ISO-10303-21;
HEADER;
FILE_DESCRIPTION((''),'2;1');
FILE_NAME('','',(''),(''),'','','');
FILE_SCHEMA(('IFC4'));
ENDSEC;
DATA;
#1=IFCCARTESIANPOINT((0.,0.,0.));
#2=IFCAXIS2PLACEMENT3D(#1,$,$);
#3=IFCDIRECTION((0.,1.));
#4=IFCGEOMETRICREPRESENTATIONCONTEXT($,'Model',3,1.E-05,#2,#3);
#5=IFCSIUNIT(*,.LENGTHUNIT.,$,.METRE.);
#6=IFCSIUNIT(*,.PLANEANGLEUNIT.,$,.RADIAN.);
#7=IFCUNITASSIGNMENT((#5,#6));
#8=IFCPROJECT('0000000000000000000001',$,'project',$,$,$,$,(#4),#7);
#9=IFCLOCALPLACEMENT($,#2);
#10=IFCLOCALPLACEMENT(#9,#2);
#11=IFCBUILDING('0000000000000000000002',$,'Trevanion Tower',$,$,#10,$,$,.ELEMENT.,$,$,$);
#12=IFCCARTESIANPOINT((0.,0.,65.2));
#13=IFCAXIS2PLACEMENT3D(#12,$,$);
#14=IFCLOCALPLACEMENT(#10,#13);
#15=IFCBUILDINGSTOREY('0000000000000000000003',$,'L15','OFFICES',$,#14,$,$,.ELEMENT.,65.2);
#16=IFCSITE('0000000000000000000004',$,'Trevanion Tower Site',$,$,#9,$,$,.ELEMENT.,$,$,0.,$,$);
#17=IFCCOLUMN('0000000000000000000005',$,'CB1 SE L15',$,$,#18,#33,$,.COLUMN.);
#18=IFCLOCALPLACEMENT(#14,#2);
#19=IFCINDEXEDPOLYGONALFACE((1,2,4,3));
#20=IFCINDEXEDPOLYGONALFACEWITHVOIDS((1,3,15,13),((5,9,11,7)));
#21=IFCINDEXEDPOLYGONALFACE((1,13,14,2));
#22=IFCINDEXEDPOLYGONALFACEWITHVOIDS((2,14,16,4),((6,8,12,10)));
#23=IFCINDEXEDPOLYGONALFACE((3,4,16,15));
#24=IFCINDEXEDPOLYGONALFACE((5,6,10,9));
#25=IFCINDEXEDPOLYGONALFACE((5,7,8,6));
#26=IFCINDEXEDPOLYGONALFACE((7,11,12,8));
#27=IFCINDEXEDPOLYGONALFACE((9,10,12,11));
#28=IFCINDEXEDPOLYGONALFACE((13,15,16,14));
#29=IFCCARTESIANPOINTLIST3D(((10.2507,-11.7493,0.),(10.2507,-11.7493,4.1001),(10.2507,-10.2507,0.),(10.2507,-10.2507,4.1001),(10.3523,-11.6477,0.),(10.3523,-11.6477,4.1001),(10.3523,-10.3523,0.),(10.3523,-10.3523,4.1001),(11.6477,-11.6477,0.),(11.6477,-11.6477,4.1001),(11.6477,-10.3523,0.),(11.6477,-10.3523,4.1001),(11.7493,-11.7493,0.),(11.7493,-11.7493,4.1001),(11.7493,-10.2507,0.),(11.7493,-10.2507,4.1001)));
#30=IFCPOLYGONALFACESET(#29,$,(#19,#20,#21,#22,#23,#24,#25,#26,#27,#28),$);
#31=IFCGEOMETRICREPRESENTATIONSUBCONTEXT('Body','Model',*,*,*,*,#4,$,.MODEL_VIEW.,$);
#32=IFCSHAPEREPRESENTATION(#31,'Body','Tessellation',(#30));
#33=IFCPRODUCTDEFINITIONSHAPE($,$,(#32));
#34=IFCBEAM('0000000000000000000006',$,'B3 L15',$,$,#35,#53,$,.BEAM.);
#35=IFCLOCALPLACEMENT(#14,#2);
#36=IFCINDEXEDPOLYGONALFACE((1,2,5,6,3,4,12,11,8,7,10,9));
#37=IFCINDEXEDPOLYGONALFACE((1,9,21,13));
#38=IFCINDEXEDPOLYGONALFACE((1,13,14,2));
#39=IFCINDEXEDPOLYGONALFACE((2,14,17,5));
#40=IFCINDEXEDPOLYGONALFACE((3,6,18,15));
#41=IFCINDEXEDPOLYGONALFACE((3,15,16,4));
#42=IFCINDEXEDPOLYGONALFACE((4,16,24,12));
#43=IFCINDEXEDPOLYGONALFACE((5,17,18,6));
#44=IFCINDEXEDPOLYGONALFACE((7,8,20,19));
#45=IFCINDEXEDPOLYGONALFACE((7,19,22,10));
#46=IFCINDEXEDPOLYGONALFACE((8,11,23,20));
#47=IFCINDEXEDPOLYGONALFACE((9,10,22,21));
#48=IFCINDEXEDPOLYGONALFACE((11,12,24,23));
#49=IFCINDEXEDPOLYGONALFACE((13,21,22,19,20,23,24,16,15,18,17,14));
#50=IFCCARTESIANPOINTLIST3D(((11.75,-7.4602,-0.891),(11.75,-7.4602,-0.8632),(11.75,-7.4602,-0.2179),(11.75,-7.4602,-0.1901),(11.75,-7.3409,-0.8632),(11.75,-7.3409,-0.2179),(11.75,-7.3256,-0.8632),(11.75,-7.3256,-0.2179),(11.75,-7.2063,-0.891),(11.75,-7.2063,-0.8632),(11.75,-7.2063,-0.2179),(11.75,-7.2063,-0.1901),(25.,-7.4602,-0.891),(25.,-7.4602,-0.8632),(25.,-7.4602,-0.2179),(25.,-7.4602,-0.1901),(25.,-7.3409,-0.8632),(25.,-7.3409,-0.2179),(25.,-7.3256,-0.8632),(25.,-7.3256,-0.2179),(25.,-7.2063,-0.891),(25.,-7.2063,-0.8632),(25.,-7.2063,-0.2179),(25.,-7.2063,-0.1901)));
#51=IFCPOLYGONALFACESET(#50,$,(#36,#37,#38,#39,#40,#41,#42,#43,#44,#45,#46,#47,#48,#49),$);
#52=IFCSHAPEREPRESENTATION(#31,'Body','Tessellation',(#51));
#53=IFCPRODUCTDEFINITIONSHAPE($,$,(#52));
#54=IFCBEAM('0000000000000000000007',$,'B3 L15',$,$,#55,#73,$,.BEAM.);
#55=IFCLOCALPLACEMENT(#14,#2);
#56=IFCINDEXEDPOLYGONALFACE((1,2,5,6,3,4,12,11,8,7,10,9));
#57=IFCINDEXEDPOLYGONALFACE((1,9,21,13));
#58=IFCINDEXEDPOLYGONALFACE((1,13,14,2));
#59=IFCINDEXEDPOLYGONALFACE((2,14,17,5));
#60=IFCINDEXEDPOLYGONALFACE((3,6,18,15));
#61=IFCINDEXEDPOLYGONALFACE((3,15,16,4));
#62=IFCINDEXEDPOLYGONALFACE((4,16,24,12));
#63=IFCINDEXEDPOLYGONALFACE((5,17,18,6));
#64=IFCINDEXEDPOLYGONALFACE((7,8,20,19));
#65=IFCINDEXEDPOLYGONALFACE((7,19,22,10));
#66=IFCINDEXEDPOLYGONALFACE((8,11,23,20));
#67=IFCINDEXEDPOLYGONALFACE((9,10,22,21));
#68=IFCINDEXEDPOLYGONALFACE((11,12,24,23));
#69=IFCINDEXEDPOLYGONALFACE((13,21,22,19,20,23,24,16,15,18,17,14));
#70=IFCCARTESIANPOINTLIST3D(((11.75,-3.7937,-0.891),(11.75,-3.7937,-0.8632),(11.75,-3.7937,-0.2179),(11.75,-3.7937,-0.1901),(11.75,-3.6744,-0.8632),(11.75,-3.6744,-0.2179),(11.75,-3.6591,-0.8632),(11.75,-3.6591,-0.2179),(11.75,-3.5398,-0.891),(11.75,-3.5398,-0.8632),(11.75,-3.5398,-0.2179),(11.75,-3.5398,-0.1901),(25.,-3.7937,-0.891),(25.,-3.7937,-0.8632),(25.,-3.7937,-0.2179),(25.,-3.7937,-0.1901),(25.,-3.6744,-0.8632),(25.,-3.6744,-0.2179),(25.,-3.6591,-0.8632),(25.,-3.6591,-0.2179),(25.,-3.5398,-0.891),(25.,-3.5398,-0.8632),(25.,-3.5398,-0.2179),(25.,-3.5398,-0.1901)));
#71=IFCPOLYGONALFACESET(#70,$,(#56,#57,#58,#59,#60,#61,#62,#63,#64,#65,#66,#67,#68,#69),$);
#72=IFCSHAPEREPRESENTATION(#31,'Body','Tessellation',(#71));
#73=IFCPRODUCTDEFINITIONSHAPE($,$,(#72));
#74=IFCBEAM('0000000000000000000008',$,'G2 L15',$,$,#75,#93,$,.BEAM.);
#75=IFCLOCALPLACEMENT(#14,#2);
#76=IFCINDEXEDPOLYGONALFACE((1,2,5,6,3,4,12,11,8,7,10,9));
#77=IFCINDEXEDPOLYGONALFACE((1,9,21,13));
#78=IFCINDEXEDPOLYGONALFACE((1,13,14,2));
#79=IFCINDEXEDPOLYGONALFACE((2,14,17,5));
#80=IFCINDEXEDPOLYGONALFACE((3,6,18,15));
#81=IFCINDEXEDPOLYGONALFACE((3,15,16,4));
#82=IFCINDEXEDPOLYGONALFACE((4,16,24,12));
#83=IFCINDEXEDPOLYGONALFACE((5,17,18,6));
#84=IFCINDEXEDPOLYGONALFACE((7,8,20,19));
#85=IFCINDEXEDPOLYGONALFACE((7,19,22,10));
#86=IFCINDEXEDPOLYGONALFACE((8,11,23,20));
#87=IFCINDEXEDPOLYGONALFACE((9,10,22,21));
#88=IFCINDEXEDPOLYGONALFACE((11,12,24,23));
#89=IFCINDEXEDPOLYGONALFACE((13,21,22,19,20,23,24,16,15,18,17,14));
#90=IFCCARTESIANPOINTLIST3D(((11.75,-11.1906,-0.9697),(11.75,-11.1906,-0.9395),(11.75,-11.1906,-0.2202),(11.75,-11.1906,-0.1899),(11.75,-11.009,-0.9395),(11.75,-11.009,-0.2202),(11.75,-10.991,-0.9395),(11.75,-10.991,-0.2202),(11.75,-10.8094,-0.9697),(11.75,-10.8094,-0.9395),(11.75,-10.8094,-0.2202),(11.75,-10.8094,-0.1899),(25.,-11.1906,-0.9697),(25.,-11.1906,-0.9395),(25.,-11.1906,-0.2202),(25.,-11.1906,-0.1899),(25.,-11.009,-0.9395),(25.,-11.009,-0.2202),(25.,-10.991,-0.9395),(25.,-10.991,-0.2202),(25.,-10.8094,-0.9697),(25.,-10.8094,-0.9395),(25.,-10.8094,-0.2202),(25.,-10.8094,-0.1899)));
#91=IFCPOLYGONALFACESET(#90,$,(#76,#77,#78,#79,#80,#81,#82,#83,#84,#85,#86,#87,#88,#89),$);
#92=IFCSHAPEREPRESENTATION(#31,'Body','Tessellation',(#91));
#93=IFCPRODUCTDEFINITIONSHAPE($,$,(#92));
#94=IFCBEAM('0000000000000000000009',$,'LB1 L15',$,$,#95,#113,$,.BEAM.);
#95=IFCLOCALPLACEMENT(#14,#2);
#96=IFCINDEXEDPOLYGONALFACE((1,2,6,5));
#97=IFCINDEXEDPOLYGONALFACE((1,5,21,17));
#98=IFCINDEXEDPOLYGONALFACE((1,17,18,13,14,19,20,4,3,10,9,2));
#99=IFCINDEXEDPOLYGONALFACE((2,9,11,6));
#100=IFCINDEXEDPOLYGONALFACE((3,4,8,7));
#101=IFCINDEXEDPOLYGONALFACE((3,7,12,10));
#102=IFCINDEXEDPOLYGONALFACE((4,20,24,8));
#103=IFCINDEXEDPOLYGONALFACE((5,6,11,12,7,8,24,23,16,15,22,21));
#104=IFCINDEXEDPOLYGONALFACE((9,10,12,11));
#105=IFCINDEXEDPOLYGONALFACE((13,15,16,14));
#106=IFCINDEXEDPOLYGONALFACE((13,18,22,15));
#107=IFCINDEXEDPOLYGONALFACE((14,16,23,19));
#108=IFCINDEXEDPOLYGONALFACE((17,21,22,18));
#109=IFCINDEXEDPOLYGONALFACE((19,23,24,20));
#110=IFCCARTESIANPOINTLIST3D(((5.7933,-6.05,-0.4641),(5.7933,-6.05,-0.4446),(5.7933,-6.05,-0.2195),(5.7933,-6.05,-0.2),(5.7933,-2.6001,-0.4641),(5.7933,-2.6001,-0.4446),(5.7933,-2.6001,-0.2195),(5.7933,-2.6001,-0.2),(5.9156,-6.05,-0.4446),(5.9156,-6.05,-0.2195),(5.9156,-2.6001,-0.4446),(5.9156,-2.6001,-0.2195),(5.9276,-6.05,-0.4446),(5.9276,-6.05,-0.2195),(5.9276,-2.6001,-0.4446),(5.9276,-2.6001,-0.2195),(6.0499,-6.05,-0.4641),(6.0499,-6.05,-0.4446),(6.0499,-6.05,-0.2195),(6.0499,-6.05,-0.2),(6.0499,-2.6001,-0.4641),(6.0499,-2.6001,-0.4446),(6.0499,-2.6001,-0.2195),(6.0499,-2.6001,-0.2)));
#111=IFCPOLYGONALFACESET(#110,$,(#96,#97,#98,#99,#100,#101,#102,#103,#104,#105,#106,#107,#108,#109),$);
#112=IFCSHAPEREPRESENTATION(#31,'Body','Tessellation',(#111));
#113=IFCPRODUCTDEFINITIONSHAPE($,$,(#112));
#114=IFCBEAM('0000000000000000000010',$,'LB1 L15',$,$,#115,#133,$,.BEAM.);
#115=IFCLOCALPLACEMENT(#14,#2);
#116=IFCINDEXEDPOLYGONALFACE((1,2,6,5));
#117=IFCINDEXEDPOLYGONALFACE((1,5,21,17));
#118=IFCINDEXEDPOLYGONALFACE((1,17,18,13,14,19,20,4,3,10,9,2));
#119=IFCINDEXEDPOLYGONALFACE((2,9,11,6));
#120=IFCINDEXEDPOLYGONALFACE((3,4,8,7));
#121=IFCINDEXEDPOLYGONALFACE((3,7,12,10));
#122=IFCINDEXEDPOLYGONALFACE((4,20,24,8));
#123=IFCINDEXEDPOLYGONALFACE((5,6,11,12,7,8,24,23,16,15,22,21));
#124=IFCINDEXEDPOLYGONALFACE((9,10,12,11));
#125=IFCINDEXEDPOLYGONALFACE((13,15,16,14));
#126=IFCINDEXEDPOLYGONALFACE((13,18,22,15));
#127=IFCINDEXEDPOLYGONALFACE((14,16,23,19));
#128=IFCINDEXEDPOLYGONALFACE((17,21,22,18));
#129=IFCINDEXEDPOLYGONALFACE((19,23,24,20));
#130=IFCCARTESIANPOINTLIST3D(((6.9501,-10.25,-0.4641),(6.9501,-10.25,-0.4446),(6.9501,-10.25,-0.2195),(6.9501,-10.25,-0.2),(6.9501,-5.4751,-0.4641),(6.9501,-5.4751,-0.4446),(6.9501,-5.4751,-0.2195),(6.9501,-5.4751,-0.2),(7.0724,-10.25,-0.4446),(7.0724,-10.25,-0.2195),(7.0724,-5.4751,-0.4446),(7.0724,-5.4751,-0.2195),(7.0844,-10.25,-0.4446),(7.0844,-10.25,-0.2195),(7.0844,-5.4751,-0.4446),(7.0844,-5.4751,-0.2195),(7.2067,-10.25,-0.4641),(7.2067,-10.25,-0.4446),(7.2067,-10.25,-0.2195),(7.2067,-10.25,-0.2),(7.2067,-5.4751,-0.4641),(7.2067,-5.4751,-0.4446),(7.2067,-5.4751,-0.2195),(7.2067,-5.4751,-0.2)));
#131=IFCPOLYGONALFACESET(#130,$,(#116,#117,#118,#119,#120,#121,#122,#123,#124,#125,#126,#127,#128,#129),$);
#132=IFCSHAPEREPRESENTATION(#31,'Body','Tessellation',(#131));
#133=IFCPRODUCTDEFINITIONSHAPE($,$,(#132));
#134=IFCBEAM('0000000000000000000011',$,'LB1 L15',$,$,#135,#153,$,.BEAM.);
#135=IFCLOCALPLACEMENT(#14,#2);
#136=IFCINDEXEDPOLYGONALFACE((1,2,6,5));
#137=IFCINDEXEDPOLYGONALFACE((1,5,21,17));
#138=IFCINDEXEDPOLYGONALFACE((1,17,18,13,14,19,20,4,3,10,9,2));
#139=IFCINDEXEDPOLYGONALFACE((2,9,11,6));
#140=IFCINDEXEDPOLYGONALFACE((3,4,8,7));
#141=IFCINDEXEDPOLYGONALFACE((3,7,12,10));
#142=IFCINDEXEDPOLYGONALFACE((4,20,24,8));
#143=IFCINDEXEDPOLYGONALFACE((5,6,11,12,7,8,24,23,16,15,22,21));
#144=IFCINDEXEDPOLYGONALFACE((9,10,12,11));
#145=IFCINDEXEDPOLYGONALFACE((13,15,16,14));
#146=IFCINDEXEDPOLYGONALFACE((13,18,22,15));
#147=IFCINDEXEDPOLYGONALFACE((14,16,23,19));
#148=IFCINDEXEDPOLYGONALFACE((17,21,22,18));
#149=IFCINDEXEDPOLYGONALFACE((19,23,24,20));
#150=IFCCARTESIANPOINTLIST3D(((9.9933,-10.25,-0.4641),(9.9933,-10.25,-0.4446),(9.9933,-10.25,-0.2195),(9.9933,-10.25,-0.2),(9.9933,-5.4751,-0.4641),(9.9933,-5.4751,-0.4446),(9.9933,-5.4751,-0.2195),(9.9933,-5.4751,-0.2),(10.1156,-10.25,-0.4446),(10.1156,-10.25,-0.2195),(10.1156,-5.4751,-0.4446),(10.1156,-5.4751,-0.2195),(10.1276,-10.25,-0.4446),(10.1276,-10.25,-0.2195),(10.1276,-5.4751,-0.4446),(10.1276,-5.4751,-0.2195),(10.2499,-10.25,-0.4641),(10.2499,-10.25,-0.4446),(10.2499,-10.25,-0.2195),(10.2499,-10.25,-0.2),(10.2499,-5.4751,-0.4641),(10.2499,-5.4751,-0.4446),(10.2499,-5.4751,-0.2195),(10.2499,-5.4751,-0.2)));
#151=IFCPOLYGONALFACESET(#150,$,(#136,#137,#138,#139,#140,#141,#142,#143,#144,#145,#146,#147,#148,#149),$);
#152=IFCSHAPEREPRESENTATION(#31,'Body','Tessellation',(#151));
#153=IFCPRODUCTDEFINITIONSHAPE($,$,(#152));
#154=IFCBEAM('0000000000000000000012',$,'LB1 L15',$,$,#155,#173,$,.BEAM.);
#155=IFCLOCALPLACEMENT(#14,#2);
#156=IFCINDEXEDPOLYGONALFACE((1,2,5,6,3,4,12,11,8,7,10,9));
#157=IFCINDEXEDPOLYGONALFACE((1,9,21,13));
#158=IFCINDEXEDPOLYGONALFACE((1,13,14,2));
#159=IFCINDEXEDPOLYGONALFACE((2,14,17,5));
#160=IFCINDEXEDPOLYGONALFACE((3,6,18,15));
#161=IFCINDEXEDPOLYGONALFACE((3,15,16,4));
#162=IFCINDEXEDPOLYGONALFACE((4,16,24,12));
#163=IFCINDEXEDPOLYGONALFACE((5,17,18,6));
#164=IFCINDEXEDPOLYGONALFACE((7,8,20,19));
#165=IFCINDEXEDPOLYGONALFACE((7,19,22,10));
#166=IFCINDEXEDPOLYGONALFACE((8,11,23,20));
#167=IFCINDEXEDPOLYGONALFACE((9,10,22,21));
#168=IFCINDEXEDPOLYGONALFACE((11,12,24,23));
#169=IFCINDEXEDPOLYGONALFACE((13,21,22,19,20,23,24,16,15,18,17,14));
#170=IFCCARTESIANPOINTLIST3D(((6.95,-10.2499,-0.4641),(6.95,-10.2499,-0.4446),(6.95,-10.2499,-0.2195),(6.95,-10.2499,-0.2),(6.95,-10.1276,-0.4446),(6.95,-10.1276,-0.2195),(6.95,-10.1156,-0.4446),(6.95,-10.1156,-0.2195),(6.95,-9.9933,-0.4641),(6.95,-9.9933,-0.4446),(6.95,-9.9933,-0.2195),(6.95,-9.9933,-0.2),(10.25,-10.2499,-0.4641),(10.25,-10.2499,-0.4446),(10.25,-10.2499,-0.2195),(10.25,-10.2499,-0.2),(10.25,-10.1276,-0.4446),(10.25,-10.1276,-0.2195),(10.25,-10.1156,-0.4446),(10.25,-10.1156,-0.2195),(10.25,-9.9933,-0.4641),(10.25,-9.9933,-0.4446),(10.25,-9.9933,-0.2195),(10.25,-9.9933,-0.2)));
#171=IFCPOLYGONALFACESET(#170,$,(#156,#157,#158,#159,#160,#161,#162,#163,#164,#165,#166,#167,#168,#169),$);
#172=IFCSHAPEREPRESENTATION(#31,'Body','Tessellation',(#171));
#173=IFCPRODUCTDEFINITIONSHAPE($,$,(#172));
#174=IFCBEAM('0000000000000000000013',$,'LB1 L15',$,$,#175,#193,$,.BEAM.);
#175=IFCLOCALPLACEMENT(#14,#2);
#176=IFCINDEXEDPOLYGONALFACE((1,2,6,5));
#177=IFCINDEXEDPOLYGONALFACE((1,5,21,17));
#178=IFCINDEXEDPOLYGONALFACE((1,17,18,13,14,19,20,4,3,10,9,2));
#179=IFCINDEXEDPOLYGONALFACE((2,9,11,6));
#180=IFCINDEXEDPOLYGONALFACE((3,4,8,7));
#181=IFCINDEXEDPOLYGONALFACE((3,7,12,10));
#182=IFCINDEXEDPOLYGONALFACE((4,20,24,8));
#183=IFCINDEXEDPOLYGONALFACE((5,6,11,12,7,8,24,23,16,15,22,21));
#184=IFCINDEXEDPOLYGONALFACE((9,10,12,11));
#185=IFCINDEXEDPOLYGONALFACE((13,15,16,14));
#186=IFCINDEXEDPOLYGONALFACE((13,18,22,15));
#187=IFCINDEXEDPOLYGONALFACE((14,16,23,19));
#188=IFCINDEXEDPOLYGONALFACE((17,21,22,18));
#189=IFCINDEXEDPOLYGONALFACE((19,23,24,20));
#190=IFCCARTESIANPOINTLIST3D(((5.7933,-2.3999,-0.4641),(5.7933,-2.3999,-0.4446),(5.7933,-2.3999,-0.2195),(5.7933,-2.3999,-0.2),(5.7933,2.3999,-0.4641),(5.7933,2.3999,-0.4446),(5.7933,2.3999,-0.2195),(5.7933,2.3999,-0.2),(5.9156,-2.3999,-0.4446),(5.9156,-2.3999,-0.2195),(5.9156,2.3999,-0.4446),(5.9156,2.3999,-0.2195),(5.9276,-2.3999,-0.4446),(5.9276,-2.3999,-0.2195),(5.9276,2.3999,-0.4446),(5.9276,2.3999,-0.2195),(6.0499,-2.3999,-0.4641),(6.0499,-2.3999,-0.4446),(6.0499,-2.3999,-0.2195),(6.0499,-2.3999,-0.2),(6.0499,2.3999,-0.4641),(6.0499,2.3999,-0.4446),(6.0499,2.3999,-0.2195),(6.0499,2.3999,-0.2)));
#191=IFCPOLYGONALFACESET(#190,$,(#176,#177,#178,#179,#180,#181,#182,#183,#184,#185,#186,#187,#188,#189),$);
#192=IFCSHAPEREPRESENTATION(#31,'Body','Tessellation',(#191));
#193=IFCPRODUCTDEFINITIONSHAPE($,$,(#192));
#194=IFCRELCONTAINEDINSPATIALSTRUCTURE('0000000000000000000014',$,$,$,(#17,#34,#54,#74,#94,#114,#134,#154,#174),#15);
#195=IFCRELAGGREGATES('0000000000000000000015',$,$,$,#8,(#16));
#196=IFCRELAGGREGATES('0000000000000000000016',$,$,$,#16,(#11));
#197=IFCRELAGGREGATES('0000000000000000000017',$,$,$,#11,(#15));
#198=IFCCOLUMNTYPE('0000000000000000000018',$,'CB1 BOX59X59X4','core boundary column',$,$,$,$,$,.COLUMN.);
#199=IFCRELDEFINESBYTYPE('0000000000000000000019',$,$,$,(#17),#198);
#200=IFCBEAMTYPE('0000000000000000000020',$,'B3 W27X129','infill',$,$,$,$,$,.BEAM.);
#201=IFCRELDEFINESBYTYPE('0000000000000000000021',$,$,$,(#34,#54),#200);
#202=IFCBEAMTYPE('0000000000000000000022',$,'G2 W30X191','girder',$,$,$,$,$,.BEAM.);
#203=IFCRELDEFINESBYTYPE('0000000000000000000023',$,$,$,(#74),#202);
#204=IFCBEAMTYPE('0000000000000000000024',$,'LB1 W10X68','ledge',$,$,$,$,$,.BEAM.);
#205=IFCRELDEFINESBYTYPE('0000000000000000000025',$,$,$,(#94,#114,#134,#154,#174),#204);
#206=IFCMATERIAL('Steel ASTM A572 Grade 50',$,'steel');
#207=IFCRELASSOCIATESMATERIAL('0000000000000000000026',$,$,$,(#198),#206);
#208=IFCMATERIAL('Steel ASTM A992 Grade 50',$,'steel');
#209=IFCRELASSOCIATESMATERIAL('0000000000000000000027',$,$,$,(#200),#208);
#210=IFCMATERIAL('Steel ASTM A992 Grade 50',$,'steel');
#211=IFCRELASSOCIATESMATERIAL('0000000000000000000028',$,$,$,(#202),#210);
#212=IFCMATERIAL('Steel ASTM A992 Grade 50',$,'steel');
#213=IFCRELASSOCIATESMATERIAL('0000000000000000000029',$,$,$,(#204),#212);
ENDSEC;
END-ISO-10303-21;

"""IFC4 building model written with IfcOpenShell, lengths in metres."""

from ifc_helpers import new_model, si_unit, direction, frame, origin, origin_2d, place, context, subcontext, project, spatial, hollow_rectangle, i_section, extrude, material, material_profile, profile_set, type_object, element, save


model = new_model("IFC4")

# Units and contexts
model_context = context("Model", 3, precision=1e-05, world=origin(), true_north=direction((0.0, 1.0)))
body_context = subcontext(model_context, "Body", "Model", "MODEL_VIEW")
ifc_project = project(units=[si_unit("LENGTHUNIT", "METRE"), si_unit("PLANEANGLEUNIT", "RADIAN")], contexts=[model_context])

# Site, building, storey
site_placement = place(None, origin())
site = spatial("IfcSite", under=ifc_project, at=site_placement, Name="Trevanion Tower Site", CompositionType="ELEMENT", RefElevation=0.0)
building_placement = place(site_placement, origin())
building = spatial("IfcBuilding", under=site, at=building_placement, Name="Trevanion Tower", CompositionType="ELEMENT")
storey_placement = place(building_placement, frame((0.0, 0.0, 65.2)))
storey = spatial("IfcBuildingStorey", under=building, at=storey_placement, Name="L15", Description="OFFICES", CompositionType="ELEMENT", Elevation=65.2)

# Column
ifc_material_1 = material(Name="Steel ASTM A572 Grade 50", Category="steel")
ifc_material_profile_1 = material_profile(ifc_material_1, hollow_rectangle(XDim=1.4985, YDim=1.4985, WallThickness=0.1016, at=origin_2d()), Name="BOX59X59X4")
ifc_profile_set_1 = profile_set([ifc_material_profile_1], Name="Steel ASTM A572 Grade 50")
column_type = type_object("IfcColumnType", Name="CB1 BOX59X59X4", Description="core boundary column", PredefinedType="COLUMN", material=ifc_profile_set_1)
column_placement = place(storey_placement, frame((11.0, -11.0, 0.0), z_axis=(0.0, 0.0, 1.0), x_axis=(1.0, 0.0, 0.0)))
element("IfcColumn", 1, at=column_placement, inside=storey, type_object=column_type, Name="CB1 SE L15", PredefinedType="COLUMN", context=body_context, shape_type="SweptSolid", body=[
    extrude(hollow_rectangle(XDim=1.4985, YDim=1.4985, WallThickness=0.1016, at=origin_2d()), origin(), (0.0, 0.0, 1.0), 4.1001),
])

# Beams
ifc_material_2 = material(Name="Steel ASTM A992 Grade 50", Category="steel")
ifc_material_profile_2 = material_profile(ifc_material_2, i_section(OverallWidth=0.2539, OverallDepth=0.7009, WebThickness=0.0154, FlangeThickness=0.0278, at=origin_2d()), Name="W27X129")
ifc_profile_set_2 = profile_set([ifc_material_profile_2], Name="Steel ASTM A992 Grade 50")
beam_type_1 = type_object("IfcBeamType", Name="B3 W27X129", Description="infill", PredefinedType="BEAM", material=ifc_profile_set_2)
for number, where, z_axis, x_axis, name in (
    (2, (11.75, -7.3333, -0.5405), (1.0, 0.0, 0.0), (0.0, 1.0, 0.0), "B3 L15"),
    (3, (11.75, -3.6667, -0.5405), (1.0, 0.0, 0.0), (0.0, 1.0, 0.0), "B3 L15"),
):
    element("IfcBeam", number, at=place(storey_placement, frame(where, z_axis=z_axis, x_axis=x_axis)), inside=storey, type_object=beam_type_1, Name=name, PredefinedType="BEAM", context=body_context, shape_type="SweptSolid", body=[
        extrude(i_section(OverallWidth=0.2539, OverallDepth=0.7009, WebThickness=0.0154, FlangeThickness=0.0278, at=origin_2d()), origin(), (0.0, 0.0, 1.0), 13.25),
    ])
ifc_material_3 = material(Name="Steel ASTM A992 Grade 50", Category="steel")
ifc_material_profile_3 = material_profile(ifc_material_3, i_section(OverallWidth=0.3811, OverallDepth=0.7798, WebThickness=0.0181, FlangeThickness=0.0303, at=origin_2d()), Name="W30X191")
ifc_profile_set_3 = profile_set([ifc_material_profile_3], Name="Steel ASTM A992 Grade 50")
beam_type_2 = type_object("IfcBeamType", Name="G2 W30X191", Description="girder", PredefinedType="BEAM", material=ifc_profile_set_3)
beam_1_placement = place(storey_placement, frame((11.75, -11.0, -0.5798), z_axis=(1.0, 0.0, 0.0), x_axis=(0.0, 1.0, 0.0)))
element("IfcBeam", 4, at=beam_1_placement, inside=storey, type_object=beam_type_2, Name="G2 L15", PredefinedType="BEAM", context=body_context, shape_type="SweptSolid", body=[
    extrude(i_section(OverallWidth=0.3811, OverallDepth=0.7798, WebThickness=0.0181, FlangeThickness=0.0303, at=origin_2d()), origin(), (0.0, 0.0, 1.0), 13.25),
])
ifc_material_4 = material(Name="Steel ASTM A992 Grade 50", Category="steel")
ifc_material_profile_4 = material_profile(ifc_material_4, i_section(OverallWidth=0.2566, OverallDepth=0.2642, WebThickness=0.012, FlangeThickness=0.0195, at=origin_2d()), Name="W10X68")
ifc_profile_set_4 = profile_set([ifc_material_profile_4], Name="Steel ASTM A992 Grade 50")
beam_type_3 = type_object("IfcBeamType", Name="LB1 W10X68", Description="ledge", PredefinedType="BEAM", material=ifc_profile_set_4)
beam_2_placement = place(storey_placement, frame((5.9216, -6.05, -0.332), z_axis=(0.0, 1.0, 0.0), x_axis=(-1.0, 0.0, 0.0)))
element("IfcBeam", 5, at=beam_2_placement, inside=storey, type_object=beam_type_3, Name="LB1 L15", PredefinedType="BEAM", context=body_context, shape_type="SweptSolid", body=[
    extrude(i_section(OverallWidth=0.2566, OverallDepth=0.2642, WebThickness=0.012, FlangeThickness=0.0195, at=origin_2d()), origin(), (0.0, 0.0, 1.0), 3.45),
])
for number, where, z_axis, x_axis, name in (
    (6, (7.0784, -10.25, -0.332), (0.0, 1.0, 0.0), (-1.0, 0.0, 0.0), "LB1 L15"),
    (7, (10.1216, -10.25, -0.332), (0.0, 1.0, 0.0), (-1.0, 0.0, 0.0), "LB1 L15"),
):
    element("IfcBeam", number, at=place(storey_placement, frame(where, z_axis=z_axis, x_axis=x_axis)), inside=storey, type_object=beam_type_3, Name=name, PredefinedType="BEAM", context=body_context, shape_type="SweptSolid", body=[
        extrude(i_section(OverallWidth=0.2566, OverallDepth=0.2642, WebThickness=0.012, FlangeThickness=0.0195, at=origin_2d()), origin(), (0.0, 0.0, 1.0), 4.7749),
    ])
beam_3_placement = place(storey_placement, frame((6.95, -10.1216, -0.332), z_axis=(1.0, 0.0, 0.0), x_axis=(0.0, 1.0, 0.0)))
element("IfcBeam", 8, at=beam_3_placement, inside=storey, type_object=beam_type_3, Name="LB1 L15", PredefinedType="BEAM", context=body_context, shape_type="SweptSolid", body=[
    extrude(i_section(OverallWidth=0.2566, OverallDepth=0.2642, WebThickness=0.012, FlangeThickness=0.0195, at=origin_2d()), origin(), (0.0, 0.0, 1.0), 3.3),
])
beam_4_placement = place(storey_placement, frame((5.9216, -2.3999, -0.332), z_axis=(0.0, 1.0, 0.0), x_axis=(-1.0, 0.0, 0.0)))
element("IfcBeam", 9, at=beam_4_placement, inside=storey, type_object=beam_type_3, Name="LB1 L15", PredefinedType="BEAM", context=body_context, shape_type="SweptSolid", body=[
    extrude(i_section(OverallWidth=0.2566, OverallDepth=0.2642, WebThickness=0.012, FlangeThickness=0.0195, at=origin_2d()), origin(), (0.0, 0.0, 1.0), 4.7998),
])

save(model, "model.ifc")
